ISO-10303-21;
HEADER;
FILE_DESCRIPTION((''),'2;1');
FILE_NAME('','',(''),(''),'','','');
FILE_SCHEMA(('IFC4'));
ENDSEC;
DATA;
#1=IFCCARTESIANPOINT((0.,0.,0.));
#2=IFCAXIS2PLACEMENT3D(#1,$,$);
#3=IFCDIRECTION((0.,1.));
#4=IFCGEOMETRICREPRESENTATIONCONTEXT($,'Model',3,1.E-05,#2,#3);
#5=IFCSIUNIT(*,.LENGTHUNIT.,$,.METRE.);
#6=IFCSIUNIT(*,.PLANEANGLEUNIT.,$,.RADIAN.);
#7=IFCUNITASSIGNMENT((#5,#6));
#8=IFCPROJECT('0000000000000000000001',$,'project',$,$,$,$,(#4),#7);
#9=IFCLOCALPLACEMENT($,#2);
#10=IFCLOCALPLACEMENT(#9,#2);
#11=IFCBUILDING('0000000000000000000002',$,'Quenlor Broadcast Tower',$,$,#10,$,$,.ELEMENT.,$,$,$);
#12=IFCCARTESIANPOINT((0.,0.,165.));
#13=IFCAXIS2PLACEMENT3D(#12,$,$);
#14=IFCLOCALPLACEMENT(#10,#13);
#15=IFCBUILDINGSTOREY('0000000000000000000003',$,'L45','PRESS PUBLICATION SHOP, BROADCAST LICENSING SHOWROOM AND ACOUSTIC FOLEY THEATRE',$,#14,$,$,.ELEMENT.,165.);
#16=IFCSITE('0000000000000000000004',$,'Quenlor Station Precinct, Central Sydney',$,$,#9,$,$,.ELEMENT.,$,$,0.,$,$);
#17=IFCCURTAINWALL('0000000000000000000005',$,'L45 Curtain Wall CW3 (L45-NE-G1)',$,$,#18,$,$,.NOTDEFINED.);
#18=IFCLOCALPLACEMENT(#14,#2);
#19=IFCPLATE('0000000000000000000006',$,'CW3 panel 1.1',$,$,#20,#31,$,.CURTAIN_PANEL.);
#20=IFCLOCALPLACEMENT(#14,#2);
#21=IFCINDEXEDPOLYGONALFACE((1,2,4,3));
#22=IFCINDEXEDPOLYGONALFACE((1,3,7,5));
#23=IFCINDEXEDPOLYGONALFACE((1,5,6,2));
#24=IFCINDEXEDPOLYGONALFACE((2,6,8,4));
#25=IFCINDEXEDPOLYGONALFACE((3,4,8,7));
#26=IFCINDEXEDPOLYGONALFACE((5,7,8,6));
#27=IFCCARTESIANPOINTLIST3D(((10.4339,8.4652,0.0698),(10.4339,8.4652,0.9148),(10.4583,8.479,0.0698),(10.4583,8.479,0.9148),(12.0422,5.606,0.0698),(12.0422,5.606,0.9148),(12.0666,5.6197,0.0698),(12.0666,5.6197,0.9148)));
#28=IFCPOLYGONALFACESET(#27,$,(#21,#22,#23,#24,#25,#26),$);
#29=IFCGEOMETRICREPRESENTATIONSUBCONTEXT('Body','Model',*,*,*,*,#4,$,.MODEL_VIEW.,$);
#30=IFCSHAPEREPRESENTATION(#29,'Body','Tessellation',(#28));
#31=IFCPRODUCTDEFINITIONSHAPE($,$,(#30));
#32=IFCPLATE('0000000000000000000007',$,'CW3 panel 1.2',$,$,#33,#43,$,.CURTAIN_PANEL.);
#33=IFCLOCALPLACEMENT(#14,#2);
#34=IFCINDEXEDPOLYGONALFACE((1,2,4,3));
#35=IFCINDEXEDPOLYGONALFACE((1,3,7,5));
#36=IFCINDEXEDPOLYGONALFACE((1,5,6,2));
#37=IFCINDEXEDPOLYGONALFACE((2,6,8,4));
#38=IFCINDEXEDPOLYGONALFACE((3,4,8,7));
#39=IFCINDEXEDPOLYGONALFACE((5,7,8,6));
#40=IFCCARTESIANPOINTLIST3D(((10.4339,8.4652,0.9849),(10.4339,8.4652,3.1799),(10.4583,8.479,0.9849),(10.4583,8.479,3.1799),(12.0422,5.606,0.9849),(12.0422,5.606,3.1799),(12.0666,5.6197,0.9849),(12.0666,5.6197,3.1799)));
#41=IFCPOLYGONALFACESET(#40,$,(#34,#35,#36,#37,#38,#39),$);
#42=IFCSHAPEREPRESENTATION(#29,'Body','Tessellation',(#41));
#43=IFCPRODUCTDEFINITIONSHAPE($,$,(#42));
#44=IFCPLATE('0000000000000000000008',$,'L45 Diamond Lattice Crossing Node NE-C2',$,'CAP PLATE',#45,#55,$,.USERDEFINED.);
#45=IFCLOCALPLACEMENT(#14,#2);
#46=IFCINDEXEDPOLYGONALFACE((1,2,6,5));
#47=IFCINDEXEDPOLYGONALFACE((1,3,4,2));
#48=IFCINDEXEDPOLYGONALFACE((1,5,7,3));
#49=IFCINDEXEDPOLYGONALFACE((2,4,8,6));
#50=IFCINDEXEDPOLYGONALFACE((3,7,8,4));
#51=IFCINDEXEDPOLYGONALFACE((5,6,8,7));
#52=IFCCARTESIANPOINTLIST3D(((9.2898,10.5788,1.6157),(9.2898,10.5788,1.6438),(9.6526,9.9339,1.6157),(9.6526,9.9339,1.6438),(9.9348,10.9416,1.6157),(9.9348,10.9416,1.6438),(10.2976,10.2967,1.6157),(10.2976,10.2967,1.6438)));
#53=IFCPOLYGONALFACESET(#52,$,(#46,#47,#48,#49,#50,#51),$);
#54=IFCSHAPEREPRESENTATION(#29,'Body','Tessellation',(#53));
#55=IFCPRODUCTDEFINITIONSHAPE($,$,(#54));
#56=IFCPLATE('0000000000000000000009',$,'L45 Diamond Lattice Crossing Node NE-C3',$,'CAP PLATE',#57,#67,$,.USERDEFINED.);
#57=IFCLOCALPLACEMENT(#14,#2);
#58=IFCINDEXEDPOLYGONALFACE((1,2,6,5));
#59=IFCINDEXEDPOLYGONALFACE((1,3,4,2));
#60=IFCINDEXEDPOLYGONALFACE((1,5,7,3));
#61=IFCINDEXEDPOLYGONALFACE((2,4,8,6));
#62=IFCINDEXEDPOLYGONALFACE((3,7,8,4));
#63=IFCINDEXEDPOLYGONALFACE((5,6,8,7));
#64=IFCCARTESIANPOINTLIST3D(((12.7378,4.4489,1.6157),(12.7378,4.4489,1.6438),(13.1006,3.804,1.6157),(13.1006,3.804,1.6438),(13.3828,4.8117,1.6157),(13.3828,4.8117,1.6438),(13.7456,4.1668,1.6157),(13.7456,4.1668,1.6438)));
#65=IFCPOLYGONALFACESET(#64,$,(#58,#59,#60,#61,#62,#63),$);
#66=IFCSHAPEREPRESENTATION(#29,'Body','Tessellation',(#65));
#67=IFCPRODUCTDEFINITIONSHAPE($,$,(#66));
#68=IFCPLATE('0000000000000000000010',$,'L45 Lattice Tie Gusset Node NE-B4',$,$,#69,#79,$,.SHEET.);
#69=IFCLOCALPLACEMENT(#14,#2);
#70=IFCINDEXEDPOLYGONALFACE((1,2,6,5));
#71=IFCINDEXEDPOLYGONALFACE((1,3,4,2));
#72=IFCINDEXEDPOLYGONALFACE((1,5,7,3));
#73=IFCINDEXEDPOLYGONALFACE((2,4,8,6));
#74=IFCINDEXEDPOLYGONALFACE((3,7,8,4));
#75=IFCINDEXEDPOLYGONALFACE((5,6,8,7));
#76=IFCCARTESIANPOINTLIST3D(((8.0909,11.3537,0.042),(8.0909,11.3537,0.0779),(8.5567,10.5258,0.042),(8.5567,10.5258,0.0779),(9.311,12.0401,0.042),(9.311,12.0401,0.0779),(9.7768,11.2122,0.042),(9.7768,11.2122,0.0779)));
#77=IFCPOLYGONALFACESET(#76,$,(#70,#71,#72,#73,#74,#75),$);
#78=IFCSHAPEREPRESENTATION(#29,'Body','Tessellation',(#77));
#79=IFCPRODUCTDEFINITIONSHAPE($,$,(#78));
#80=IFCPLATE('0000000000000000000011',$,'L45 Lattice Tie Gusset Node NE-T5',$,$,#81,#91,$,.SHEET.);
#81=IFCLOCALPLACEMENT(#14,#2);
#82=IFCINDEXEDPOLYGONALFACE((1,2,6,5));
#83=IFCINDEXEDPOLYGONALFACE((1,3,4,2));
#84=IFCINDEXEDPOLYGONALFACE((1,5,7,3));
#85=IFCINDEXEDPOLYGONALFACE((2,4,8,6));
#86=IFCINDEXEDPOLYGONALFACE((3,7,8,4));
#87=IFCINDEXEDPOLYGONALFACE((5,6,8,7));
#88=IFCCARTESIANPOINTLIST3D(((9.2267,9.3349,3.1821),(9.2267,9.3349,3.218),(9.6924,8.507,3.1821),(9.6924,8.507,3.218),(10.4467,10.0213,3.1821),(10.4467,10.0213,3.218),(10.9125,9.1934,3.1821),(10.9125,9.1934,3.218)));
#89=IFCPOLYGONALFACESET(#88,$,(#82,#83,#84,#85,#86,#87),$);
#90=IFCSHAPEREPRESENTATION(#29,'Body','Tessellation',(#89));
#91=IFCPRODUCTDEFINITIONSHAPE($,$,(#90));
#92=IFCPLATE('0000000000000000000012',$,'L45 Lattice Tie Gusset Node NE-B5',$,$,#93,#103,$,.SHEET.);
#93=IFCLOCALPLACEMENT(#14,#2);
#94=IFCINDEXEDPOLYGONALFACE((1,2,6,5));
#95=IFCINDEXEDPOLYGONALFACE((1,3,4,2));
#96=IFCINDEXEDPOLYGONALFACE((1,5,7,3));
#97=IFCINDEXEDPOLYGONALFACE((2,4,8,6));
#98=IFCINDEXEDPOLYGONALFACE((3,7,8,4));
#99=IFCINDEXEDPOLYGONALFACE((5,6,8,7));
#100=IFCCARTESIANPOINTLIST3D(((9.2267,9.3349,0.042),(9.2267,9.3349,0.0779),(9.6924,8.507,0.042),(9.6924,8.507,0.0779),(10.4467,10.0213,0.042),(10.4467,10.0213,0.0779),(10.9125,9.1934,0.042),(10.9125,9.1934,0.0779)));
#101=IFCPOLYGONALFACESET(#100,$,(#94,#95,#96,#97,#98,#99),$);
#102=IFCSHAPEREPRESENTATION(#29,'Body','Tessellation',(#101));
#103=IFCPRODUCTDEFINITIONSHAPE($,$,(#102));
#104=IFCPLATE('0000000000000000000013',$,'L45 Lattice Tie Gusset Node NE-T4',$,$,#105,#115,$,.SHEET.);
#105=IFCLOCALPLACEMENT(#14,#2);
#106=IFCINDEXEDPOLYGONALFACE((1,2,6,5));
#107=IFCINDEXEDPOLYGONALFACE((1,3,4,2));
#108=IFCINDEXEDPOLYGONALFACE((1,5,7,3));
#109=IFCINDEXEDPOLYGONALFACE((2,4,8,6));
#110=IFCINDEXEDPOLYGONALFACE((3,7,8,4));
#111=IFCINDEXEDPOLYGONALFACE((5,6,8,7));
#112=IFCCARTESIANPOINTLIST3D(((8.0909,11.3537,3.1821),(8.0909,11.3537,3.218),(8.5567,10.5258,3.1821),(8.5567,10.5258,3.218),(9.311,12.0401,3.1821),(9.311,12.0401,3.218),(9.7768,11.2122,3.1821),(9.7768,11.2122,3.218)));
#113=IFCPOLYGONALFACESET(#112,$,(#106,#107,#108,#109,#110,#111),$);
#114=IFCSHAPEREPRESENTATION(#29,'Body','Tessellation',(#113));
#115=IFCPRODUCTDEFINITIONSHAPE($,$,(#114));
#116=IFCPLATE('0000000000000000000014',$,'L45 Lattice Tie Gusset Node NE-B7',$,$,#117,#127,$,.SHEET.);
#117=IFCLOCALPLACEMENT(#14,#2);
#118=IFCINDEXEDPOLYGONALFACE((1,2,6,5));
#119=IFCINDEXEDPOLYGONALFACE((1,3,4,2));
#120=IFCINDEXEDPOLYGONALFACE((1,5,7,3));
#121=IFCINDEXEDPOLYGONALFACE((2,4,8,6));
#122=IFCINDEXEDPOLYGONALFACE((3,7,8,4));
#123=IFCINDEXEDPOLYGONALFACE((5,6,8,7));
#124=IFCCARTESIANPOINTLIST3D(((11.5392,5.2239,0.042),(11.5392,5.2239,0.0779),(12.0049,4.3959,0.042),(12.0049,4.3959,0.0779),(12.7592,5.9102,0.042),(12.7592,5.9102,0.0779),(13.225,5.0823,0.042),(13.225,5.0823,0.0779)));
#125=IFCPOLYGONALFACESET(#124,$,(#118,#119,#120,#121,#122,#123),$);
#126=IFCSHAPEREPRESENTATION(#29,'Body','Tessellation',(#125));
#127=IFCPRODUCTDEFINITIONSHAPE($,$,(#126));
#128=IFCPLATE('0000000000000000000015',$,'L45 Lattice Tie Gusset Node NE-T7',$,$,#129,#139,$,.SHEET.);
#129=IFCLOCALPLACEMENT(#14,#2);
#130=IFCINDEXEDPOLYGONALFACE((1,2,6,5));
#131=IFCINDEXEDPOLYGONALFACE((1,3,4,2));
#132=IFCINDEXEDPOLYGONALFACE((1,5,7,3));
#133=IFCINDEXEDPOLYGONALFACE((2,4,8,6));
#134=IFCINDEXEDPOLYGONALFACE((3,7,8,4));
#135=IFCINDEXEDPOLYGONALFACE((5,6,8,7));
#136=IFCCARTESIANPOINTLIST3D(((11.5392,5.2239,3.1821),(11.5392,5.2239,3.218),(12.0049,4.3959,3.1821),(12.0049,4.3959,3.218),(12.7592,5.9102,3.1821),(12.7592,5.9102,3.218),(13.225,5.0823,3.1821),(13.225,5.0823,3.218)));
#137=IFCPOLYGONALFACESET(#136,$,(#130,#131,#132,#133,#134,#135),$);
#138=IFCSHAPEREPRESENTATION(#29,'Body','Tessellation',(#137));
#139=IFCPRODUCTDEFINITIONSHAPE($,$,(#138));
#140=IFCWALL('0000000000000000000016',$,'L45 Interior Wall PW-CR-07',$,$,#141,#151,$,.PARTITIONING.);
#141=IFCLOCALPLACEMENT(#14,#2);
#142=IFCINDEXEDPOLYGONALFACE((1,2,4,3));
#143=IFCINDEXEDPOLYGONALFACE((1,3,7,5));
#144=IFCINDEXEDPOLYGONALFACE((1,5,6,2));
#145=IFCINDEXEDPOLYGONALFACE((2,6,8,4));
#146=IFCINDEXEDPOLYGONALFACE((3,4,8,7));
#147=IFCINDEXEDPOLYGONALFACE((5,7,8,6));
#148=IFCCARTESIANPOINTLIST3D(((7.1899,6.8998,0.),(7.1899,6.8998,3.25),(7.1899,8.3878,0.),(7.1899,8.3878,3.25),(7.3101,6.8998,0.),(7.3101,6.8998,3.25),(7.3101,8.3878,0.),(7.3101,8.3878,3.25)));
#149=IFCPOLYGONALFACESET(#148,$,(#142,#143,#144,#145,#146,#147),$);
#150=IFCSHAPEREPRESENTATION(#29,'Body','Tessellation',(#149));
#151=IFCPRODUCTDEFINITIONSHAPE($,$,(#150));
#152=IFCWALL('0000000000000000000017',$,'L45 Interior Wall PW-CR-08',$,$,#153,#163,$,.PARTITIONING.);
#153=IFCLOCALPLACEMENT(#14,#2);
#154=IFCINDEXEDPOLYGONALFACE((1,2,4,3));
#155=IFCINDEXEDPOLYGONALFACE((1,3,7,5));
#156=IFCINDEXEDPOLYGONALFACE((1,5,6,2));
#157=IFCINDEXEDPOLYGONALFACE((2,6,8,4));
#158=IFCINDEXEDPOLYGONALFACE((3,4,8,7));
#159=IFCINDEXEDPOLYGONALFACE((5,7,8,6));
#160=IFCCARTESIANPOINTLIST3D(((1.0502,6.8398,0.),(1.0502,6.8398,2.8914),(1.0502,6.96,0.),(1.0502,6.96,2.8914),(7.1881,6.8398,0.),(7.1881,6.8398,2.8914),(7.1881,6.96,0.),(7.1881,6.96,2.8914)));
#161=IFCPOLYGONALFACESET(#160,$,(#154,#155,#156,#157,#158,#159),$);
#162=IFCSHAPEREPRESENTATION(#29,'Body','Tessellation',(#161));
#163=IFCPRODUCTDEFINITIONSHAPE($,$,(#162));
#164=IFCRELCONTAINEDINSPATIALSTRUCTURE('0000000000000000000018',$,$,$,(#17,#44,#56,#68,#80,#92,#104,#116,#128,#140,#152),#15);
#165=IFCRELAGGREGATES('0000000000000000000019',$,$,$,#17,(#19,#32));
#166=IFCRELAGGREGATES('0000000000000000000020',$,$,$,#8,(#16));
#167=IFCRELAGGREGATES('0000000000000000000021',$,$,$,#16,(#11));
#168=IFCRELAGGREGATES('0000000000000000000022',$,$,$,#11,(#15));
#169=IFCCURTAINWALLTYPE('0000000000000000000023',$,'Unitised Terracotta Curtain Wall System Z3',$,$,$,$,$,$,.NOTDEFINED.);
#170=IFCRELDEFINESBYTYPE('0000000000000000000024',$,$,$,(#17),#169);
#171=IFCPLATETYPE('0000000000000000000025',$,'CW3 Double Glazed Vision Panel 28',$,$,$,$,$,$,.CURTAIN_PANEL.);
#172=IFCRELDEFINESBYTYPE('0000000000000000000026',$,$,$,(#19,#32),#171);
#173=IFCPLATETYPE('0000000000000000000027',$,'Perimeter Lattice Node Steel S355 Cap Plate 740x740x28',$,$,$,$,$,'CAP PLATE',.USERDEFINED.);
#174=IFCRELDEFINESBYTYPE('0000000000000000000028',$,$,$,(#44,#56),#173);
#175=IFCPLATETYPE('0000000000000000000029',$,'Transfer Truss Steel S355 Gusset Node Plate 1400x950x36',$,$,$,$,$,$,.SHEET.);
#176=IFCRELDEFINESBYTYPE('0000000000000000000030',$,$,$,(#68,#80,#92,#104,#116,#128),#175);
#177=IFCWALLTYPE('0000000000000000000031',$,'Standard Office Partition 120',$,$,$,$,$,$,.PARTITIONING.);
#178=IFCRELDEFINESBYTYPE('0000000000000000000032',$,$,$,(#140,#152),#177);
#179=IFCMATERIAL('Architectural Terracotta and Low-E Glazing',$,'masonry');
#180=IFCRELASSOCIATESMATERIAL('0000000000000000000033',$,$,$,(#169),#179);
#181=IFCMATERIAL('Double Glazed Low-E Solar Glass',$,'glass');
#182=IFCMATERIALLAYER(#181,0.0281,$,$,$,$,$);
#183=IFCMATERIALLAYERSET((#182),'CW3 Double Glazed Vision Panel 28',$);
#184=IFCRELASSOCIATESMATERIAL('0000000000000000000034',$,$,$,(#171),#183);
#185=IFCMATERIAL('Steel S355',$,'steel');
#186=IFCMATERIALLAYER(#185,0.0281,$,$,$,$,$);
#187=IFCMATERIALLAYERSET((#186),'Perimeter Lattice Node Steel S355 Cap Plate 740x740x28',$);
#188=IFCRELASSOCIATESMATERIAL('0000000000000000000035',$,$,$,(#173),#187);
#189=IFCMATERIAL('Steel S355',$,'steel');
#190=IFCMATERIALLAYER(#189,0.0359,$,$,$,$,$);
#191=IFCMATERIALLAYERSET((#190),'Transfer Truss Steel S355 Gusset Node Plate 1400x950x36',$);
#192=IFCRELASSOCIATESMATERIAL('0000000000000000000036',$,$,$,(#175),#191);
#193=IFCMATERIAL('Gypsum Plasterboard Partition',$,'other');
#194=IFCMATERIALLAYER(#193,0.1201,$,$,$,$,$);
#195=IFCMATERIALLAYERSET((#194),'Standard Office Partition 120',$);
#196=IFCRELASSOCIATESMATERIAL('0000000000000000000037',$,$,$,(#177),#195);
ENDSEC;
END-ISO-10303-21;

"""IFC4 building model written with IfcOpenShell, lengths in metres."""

from ifc_helpers import new_model, si_unit, direction, frame, frame_2d, origin, origin_2d, place, context, subcontext, project, spatial, rectangle, extrude, material, layer, layer_set, type_object, element, aggregate, save


model = new_model("IFC4")

# Units and contexts
model_context = context("Model", 3, precision=1e-05, world=origin(), true_north=direction((0.0, 1.0)))
body_context = subcontext(model_context, "Body", "Model", "MODEL_VIEW")
ifc_project = project(units=[si_unit("LENGTHUNIT", "METRE"), si_unit("PLANEANGLEUNIT", "RADIAN")], contexts=[model_context])

# Site, building, storey
site_placement = place(None, origin())
site = spatial("IfcSite", under=ifc_project, at=site_placement, Name="Quenlor Station Precinct, Central Sydney", CompositionType="ELEMENT", RefElevation=0.0)
building_placement = place(site_placement, origin())
building = spatial("IfcBuilding", under=site, at=building_placement, Name="Quenlor Broadcast Tower", CompositionType="ELEMENT")
storey_placement = place(building_placement, frame((0.0, 0.0, 165.0)))
storey = spatial("IfcBuildingStorey", under=building, at=storey_placement, Name="L45", Description="PRESS PUBLICATION SHOP, BROADCAST LICENSING SHOWROOM AND ACOUSTIC FOLEY THEATRE", CompositionType="ELEMENT", Elevation=165.0)

# Curtain wall
ifc_material_1 = material(Name="Architectural Terracotta and Low-E Glazing", Category="masonry")
curtain_wall_type = type_object("IfcCurtainWallType", Name="Unitised Terracotta Curtain Wall System Z3", PredefinedType="NOTDEFINED", material=ifc_material_1)
curtain_wall_placement = place(storey_placement, origin())
curtain_wall = element("IfcCurtainWall", 1, at=curtain_wall_placement, inside=storey, type_object=curtain_wall_type, Name="L45 Curtain Wall CW3 (L45-NE-G1)", PredefinedType="NOTDEFINED")

# Plates
ifc_material_2 = material(Name="Double Glazed Low-E Solar Glass", Category="glass")
ifc_layer_1 = layer(ifc_material_2, 0.0281)
ifc_layer_set_1 = layer_set([ifc_layer_1], Name="CW3 Double Glazed Vision Panel 28")
plate_type_1 = type_object("IfcPlateType", Name="CW3 Double Glazed Vision Panel 28", PredefinedType="CURTAIN_PANEL", material=ifc_layer_set_1)
plate_1_placement = place(storey_placement, frame((11.2502, 7.0425, 0.0698), z_axis=(0.0, 0.0, 1.0), x_axis=(0.490256, -0.871579, 0.0)))
plate_1 = element("IfcPlate", 2, at=plate_1_placement, type_object=plate_type_1, Name="CW3 panel 1.1", PredefinedType="CURTAIN_PANEL", context=body_context, shape_type="SweptSolid", body=[
    extrude(rectangle(XDim=3.2805, YDim=0.0281, at=origin_2d()), origin(), (0.0, 0.0, 1.0), 0.845),
])
plate_2_placement = place(storey_placement, frame((11.2502, 7.0425, 0.9849), z_axis=(0.0, 0.0, 1.0), x_axis=(0.490256, -0.871579, 0.0)))
plate_2 = element("IfcPlate", 3, at=plate_2_placement, type_object=plate_type_1, Name="CW3 panel 1.2", PredefinedType="CURTAIN_PANEL", context=body_context, shape_type="SweptSolid", body=[
    extrude(rectangle(XDim=3.2805, YDim=0.0281, at=origin_2d()), origin(), (0.0, 0.0, 1.0), 2.1951),
])
aggregate(curtain_wall, [plate_1, plate_2])

# Plates
ifc_material_3 = material(Name="Steel S355", Category="steel")
ifc_layer_2 = layer(ifc_material_3, 0.0281)
ifc_layer_set_2 = layer_set([ifc_layer_2], Name="Perimeter Lattice Node Steel S355 Cap Plate 740x740x28")
plate_type_2 = type_object("IfcPlateType", Name="Perimeter Lattice Node Steel S355 Cap Plate 740x740x28", ElementType="CAP PLATE", PredefinedType="USERDEFINED", material=ifc_layer_set_2)
for number, where, z_axis, x_axis, name in (
    (4, (9.7937, 10.4377, 1.6157), (0.0, 0.0, 1.0), (0.490295, -0.871556, 0.0), "L45 Diamond Lattice Crossing Node NE-C2"),
    (5, (13.2417, 4.3079, 1.6157), (0.0, 0.0, 1.0), (0.490295, -0.871556, 0.0), "L45 Diamond Lattice Crossing Node NE-C3"),
):
    element("IfcPlate", number, at=place(storey_placement, frame(where, z_axis=z_axis, x_axis=x_axis)), inside=storey, type_object=plate_type_2, Name=name, ObjectType="CAP PLATE", PredefinedType="USERDEFINED", context=body_context, shape_type="SweptSolid", body=[
        extrude(rectangle(XDim=0.74, YDim=0.74, at=origin_2d()), origin(), (0.0, 0.0, 1.0), 0.0281),
    ])
ifc_material_4 = material(Name="Steel S355", Category="steel")
ifc_layer_3 = layer(ifc_material_4, 0.0359)
ifc_layer_set_3 = layer_set([ifc_layer_3], Name="Transfer Truss Steel S355 Gusset Node Plate 1400x950x36")
plate_type_3 = type_object("IfcPlateType", Name="Transfer Truss Steel S355 Gusset Node Plate 1400x950x36", PredefinedType="SHEET", material=ifc_layer_set_3)
for number, where, z_axis, x_axis, name in (
    (6, (8.9338, 11.283, 0.042), (0.0, 0.0, 1.0), (0.871556, 0.490295, 0.0), "L45 Lattice Tie Gusset Node NE-B4"),
    (7, (10.0696, 9.2642, 3.1821), (0.0, 0.0, 1.0), (0.871556, 0.490295, 0.0), "L45 Lattice Tie Gusset Node NE-T5"),
    (8, (10.0696, 9.2642, 0.042), (0.0, 0.0, 1.0), (0.871556, 0.490295, 0.0), "L45 Lattice Tie Gusset Node NE-B5"),
    (9, (8.9338, 11.283, 3.1821), (0.0, 0.0, 1.0), (0.871556, 0.490295, 0.0), "L45 Lattice Tie Gusset Node NE-T4"),
    (10, (12.3821, 5.1531, 0.042), (0.0, 0.0, 1.0), (0.871556, 0.490295, 0.0), "L45 Lattice Tie Gusset Node NE-B7"),
    (11, (12.3821, 5.1531, 3.1821), (0.0, 0.0, 1.0), (0.871556, 0.490295, 0.0), "L45 Lattice Tie Gusset Node NE-T7"),
):
    element("IfcPlate", number, at=place(storey_placement, frame(where, z_axis=z_axis, x_axis=x_axis)), inside=storey, type_object=plate_type_3, Name=name, PredefinedType="SHEET", context=body_context, shape_type="SweptSolid", body=[
        extrude(rectangle(XDim=1.3999, YDim=0.95, at=origin_2d()), origin(), (0.0, 0.0, 1.0), 0.0359),
    ])

# Walls
ifc_material_5 = material(Name="Gypsum Plasterboard Partition", Category="other")
ifc_layer_4 = layer(ifc_material_5, 0.1201)
ifc_layer_set_4 = layer_set([ifc_layer_4], Name="Standard Office Partition 120")
wall_type_1 = type_object("IfcWallType", Name="Standard Office Partition 120", PredefinedType="PARTITIONING", material=ifc_layer_set_4)
wall_1_placement = place(storey_placement, frame((7.25, 8.3879, 0.0), z_axis=(0.0, 0.0, 1.0), x_axis=(0.0, -1.0, 0.0)))
element("IfcWall", 12, at=wall_1_placement, inside=storey, type_object=wall_type_1, Name="L45 Interior Wall PW-CR-07", PredefinedType="PARTITIONING", context=body_context, shape_type="SweptSolid", body=[
    extrude(rectangle(XDim=1.488, YDim=0.1201, at=frame_2d((0.7441, 0.0))), origin(), (0.0, 0.0, 1.0), 3.25),
])
wall_2_placement = place(storey_placement, frame((7.188, 6.8999, 0.0), z_axis=(0.0, 0.0, 1.0), x_axis=(-1.0, 0.0, 0.0)))
element("IfcWall", 13, at=wall_2_placement, inside=storey, type_object=wall_type_1, Name="L45 Interior Wall PW-CR-08", PredefinedType="PARTITIONING", context=body_context, shape_type="SweptSolid", body=[
    extrude(rectangle(XDim=6.1379, YDim=0.1201, at=frame_2d((3.0688, 0.0))), origin(), (0.0, 0.0, 1.0), 2.8914),
])

save(model, "model.ifc")
